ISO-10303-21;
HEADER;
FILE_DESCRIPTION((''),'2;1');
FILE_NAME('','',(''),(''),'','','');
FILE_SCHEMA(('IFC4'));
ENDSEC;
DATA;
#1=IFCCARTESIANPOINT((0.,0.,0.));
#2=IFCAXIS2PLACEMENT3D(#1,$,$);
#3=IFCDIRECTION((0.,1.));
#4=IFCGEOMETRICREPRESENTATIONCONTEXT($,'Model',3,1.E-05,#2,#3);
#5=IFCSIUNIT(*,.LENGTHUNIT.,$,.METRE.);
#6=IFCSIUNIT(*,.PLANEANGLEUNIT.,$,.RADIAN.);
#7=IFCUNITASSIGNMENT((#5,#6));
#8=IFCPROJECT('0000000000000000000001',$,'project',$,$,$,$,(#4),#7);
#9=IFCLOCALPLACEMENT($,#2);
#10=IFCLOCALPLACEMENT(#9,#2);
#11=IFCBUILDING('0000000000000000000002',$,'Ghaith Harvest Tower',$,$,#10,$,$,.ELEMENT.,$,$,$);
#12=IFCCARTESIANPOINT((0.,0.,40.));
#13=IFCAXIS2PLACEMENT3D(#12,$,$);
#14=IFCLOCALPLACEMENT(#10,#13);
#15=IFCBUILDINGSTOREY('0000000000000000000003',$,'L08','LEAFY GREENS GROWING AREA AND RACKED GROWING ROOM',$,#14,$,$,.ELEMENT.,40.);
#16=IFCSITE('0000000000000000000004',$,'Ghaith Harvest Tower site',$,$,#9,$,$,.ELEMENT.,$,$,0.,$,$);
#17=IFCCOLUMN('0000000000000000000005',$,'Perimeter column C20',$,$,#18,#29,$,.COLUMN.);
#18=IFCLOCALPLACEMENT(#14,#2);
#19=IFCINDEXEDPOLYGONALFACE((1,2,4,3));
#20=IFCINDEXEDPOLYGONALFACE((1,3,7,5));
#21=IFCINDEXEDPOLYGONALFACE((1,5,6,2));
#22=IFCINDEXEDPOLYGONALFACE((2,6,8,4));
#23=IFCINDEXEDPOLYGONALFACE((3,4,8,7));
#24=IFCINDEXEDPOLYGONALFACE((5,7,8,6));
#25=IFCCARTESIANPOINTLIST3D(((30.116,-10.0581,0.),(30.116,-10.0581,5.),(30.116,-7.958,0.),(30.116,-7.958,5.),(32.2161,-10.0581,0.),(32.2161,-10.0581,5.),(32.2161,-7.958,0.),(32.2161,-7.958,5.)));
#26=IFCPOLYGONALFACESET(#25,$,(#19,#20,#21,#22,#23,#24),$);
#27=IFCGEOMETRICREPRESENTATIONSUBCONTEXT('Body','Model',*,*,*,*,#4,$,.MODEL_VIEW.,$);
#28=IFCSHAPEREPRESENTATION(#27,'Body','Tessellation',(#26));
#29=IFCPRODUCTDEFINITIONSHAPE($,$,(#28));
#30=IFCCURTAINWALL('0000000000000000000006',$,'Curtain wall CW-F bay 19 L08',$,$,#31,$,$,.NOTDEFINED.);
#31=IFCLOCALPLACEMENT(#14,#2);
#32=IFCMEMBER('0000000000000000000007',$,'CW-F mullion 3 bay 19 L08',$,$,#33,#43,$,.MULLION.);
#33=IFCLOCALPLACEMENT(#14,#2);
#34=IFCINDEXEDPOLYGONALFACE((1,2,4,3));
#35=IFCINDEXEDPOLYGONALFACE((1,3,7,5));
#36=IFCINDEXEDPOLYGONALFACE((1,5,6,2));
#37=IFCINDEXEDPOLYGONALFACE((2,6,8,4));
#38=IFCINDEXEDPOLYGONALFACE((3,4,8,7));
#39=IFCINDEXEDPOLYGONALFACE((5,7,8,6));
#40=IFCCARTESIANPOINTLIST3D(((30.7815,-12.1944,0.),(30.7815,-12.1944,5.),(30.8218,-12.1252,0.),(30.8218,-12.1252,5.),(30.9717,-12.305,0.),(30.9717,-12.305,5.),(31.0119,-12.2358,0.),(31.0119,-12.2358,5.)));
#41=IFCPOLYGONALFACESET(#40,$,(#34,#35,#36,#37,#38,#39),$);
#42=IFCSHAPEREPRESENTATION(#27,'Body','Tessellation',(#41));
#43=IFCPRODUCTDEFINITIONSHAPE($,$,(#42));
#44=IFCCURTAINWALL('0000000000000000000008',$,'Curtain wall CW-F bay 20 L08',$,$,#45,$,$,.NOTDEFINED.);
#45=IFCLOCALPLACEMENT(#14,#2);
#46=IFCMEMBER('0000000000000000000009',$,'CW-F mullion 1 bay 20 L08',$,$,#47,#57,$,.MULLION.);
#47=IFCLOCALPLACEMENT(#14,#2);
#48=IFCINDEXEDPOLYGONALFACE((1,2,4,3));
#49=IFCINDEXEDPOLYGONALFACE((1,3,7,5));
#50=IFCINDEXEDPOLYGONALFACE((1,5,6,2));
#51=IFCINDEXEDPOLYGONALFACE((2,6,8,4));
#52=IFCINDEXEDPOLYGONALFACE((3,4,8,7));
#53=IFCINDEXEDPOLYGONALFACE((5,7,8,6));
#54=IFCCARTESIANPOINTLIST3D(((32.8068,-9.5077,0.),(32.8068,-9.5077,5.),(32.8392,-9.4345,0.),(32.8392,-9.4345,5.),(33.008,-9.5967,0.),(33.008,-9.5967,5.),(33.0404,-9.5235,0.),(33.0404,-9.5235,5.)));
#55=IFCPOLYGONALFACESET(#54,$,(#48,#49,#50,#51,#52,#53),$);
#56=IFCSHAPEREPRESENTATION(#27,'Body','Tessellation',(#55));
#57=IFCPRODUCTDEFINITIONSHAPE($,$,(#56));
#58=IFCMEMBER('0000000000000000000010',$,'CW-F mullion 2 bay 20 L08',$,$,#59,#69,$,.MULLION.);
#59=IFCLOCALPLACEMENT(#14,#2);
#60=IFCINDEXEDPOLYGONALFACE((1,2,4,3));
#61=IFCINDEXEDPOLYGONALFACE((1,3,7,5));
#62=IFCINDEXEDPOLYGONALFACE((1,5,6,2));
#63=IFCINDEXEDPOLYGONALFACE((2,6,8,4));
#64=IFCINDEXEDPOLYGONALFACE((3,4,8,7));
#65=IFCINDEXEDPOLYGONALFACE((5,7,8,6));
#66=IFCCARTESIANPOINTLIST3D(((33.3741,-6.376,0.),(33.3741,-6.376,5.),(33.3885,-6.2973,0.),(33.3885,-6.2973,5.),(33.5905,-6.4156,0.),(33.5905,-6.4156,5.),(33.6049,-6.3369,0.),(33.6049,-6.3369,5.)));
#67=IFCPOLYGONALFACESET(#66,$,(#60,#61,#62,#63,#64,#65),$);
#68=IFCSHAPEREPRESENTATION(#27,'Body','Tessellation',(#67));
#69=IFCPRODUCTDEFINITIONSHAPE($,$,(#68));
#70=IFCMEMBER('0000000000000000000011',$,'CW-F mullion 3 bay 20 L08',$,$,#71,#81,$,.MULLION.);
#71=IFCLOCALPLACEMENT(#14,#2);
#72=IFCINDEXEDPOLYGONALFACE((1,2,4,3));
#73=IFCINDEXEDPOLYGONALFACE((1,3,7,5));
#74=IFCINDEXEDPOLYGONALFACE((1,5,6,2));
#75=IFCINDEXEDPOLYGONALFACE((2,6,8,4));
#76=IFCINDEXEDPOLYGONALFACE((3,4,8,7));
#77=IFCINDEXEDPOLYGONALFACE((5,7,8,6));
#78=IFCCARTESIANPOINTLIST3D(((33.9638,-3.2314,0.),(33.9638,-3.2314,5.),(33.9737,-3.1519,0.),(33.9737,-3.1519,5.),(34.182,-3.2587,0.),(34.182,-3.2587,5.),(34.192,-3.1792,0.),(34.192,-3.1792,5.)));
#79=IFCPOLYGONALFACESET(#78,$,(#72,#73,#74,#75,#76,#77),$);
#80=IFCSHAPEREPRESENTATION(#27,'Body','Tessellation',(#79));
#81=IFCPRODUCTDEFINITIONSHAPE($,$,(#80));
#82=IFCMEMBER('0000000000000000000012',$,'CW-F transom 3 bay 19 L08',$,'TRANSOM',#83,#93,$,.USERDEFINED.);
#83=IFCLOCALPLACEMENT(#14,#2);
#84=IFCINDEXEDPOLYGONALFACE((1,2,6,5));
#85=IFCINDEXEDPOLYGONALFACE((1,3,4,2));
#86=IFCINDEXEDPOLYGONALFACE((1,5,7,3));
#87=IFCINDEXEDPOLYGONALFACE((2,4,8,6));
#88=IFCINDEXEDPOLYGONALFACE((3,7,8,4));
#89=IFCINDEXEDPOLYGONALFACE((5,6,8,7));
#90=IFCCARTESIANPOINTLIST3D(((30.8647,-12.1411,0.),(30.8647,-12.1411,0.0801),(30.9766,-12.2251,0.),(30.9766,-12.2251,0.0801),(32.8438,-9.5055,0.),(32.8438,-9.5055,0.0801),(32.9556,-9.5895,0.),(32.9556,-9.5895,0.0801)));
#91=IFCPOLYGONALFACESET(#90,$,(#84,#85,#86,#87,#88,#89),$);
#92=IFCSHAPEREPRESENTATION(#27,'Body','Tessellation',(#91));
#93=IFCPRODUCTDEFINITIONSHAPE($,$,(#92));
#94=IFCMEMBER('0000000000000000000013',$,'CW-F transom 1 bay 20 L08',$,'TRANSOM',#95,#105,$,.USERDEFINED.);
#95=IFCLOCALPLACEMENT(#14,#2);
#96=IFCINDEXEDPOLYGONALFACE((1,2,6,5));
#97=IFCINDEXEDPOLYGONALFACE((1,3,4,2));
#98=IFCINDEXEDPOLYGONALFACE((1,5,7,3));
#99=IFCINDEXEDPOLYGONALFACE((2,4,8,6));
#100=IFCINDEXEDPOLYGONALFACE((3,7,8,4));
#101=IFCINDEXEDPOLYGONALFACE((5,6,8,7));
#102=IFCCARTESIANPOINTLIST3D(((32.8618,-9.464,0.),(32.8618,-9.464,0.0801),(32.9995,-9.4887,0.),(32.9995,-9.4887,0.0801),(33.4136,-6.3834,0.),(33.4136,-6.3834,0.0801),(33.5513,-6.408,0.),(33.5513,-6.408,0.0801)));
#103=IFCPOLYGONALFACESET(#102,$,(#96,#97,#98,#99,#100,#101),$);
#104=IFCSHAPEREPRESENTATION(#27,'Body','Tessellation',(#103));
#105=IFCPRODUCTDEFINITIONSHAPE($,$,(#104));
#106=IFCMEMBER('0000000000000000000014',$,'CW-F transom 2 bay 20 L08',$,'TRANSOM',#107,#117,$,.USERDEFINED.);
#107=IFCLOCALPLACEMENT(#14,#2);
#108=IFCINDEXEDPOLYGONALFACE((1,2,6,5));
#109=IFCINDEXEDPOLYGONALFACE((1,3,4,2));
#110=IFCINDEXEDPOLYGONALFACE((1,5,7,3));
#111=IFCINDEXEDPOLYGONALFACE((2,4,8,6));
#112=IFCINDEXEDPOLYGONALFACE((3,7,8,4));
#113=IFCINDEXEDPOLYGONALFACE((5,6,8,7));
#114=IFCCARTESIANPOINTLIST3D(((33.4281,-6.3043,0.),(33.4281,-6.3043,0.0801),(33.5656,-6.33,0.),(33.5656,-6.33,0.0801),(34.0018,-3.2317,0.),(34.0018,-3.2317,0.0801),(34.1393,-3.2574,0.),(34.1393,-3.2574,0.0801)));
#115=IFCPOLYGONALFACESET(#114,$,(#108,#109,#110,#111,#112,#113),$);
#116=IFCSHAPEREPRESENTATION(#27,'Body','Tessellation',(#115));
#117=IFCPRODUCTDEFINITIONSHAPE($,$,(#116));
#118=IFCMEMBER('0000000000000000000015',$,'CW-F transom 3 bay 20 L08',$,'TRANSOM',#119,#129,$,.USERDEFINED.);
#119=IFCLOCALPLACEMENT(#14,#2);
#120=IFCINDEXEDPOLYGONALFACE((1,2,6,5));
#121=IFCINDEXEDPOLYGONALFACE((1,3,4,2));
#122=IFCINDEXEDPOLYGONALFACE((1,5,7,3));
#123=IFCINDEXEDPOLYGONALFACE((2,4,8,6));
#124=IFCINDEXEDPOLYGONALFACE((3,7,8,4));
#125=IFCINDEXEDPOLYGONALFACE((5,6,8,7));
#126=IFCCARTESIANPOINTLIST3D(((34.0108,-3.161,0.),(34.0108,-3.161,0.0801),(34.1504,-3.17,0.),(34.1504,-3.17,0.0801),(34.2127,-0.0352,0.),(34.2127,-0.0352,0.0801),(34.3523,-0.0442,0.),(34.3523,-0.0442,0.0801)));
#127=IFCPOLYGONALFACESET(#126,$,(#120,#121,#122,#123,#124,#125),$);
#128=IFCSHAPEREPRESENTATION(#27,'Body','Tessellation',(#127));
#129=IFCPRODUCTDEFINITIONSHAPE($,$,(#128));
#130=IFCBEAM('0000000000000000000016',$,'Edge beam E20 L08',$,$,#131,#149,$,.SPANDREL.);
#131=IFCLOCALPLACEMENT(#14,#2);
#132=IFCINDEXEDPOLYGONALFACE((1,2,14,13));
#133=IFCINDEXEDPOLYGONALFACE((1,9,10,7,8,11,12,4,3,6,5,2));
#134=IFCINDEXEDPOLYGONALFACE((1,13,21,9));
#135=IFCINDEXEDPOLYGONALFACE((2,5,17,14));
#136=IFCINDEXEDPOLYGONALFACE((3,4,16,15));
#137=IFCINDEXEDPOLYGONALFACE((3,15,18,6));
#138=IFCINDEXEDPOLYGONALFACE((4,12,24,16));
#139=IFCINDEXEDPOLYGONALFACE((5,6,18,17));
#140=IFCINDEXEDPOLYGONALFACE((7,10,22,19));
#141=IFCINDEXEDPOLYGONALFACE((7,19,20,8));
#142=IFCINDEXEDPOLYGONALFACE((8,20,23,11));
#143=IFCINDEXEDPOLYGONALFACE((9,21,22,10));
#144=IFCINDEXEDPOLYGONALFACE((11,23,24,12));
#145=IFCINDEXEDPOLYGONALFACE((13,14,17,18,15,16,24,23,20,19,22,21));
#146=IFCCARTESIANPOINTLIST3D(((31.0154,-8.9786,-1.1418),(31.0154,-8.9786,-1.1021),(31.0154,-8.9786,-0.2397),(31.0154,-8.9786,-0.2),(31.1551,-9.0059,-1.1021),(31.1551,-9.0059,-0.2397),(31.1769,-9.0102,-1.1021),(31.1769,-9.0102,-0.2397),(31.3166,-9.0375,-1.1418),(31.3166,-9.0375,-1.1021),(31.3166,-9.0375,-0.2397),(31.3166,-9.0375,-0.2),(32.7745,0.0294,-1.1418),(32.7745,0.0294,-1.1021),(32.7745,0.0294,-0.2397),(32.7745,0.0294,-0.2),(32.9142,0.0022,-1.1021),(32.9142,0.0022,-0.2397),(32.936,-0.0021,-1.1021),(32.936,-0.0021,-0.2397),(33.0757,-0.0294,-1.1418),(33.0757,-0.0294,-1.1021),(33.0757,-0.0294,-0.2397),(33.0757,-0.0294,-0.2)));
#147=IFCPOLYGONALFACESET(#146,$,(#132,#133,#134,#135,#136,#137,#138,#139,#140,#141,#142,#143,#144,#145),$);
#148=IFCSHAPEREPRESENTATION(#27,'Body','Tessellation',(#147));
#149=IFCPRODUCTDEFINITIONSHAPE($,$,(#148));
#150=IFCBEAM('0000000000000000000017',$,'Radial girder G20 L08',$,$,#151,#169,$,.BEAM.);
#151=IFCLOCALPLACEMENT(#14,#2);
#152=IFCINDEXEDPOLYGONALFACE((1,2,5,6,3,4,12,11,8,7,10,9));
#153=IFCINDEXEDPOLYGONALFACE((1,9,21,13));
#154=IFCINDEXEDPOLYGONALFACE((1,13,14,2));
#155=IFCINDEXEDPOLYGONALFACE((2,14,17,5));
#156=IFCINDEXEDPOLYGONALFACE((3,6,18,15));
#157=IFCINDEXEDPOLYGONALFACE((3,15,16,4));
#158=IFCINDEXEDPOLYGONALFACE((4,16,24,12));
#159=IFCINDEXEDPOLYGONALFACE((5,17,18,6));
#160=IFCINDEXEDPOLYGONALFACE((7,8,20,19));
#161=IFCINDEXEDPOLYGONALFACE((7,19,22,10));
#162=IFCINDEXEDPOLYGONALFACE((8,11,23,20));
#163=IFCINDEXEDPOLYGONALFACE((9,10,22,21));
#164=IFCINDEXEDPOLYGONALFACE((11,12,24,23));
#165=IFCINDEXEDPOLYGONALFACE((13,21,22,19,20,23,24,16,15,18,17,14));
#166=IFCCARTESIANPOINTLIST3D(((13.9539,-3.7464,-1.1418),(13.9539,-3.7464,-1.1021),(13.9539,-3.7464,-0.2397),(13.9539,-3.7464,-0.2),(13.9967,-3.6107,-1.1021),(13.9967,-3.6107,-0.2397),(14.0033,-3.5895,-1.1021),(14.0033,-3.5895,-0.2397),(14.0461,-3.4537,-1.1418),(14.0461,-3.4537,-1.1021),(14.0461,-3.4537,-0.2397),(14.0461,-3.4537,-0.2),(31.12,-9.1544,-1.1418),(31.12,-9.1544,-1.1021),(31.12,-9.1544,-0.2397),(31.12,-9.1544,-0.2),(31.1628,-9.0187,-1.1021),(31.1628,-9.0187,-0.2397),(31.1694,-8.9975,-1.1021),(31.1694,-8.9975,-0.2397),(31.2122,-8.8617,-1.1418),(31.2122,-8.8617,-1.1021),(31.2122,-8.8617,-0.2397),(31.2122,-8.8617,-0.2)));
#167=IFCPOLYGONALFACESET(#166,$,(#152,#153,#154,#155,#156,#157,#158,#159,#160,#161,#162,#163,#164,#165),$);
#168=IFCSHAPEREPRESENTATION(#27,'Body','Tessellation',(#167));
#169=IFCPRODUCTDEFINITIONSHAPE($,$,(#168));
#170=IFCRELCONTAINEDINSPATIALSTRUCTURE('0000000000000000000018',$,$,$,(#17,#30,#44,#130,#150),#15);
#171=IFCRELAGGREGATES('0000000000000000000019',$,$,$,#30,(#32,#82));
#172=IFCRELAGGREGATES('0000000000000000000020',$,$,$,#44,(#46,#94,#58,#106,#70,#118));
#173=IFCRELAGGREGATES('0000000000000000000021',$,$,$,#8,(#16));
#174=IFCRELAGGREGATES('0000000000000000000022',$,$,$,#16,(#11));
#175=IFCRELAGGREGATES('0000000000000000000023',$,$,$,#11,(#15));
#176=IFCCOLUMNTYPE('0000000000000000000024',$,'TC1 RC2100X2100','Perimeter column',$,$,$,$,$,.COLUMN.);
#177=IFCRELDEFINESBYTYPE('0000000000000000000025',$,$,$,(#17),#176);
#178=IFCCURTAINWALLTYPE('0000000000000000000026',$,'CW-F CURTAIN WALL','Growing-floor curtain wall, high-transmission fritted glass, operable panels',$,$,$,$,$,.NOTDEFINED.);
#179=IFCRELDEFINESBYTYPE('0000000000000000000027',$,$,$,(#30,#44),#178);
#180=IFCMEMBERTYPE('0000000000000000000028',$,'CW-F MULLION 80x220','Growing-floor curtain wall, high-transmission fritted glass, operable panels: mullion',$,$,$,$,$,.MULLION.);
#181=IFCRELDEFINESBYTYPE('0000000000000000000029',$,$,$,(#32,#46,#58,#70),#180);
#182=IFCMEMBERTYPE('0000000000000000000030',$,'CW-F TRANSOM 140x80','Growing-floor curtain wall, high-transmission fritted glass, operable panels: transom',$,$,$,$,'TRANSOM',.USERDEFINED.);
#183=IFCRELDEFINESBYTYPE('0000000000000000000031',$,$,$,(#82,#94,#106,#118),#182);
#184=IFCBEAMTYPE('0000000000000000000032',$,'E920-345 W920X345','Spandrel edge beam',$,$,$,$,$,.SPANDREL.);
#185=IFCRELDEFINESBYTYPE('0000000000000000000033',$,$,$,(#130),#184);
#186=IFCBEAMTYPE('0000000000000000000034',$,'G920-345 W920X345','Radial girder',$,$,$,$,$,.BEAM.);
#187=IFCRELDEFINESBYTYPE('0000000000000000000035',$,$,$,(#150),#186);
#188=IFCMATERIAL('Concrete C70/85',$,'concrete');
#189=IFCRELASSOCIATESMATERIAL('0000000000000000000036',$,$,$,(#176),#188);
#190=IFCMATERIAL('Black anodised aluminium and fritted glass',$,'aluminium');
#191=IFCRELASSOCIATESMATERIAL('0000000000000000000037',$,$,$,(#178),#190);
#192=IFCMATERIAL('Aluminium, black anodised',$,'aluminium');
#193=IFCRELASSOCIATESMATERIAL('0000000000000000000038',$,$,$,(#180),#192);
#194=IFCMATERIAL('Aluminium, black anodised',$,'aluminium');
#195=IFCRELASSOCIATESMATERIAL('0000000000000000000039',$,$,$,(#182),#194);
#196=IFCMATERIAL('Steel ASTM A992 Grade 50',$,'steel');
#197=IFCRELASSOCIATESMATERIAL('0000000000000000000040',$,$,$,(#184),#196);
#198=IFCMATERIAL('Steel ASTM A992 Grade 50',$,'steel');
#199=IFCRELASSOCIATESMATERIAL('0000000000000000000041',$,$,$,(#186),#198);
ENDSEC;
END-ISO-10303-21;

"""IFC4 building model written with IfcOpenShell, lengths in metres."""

from ifc_helpers import new_model, si_unit, direction, frame, origin, origin_2d, place, context, subcontext, project, spatial, rectangle, i_section, extrude, material, material_profile, profile_set, type_object, element, aggregate, save


model = new_model("IFC4")

# Units and contexts
model_context = context("Model", 3, precision=1e-05, world=origin(), true_north=direction((0.0, 1.0)))
body_context = subcontext(model_context, "Body", "Model", "MODEL_VIEW")
ifc_project = project(units=[si_unit("LENGTHUNIT", "METRE"), si_unit("PLANEANGLEUNIT", "RADIAN")], contexts=[model_context])

# Site, building, storey
site_placement = place(None, origin())
site = spatial("IfcSite", under=ifc_project, at=site_placement, Name="Ghaith Harvest Tower site", CompositionType="ELEMENT", RefElevation=0.0)
building_placement = place(site_placement, origin())
building = spatial("IfcBuilding", under=site, at=building_placement, Name="Ghaith Harvest Tower", CompositionType="ELEMENT")
storey_placement = place(building_placement, frame((0.0, 0.0, 40.0)))
storey = spatial("IfcBuildingStorey", under=building, at=storey_placement, Name="L08", Description="LEAFY GREENS GROWING AREA AND RACKED GROWING ROOM", CompositionType="ELEMENT", Elevation=40.0)

# Column
ifc_material_1 = material(Name="Concrete C70/85", Category="concrete")
ifc_material_profile_1 = material_profile(ifc_material_1, rectangle(XDim=2.1001, YDim=2.1001, at=origin_2d()), Name="RC2100X2100")
ifc_profile_set_1 = profile_set([ifc_material_profile_1], Name="Concrete C70/85")
column_type = type_object("IfcColumnType", Name="TC1 RC2100X2100", Description="Perimeter column", PredefinedType="COLUMN", material=ifc_profile_set_1)
column_placement = place(storey_placement, frame((31.166, -9.0081, 0.0), z_axis=(0.0, 0.0, 1.0), x_axis=(1.0, 0.0, 0.0)))
element("IfcColumn", 1, at=column_placement, inside=storey, type_object=column_type, Name="Perimeter column C20", PredefinedType="COLUMN", context=body_context, shape_type="SweptSolid", body=[
    extrude(rectangle(XDim=2.1001, YDim=2.1001, at=origin_2d()), origin(), (0.0, 0.0, 1.0), 5.0),
])

# Curtain wall, member
ifc_material_2 = material(Name="Black anodised aluminium and fritted glass", Category="aluminium")
curtain_wall_type = type_object("IfcCurtainWallType", Name="CW-F CURTAIN WALL", Description="Growing-floor curtain wall, high-transmission fritted glass, operable panels", PredefinedType="NOTDEFINED", material=ifc_material_2)
curtain_wall_1_placement = place(storey_placement, origin())
curtain_wall_1 = element("IfcCurtainWall", 2, at=curtain_wall_1_placement, inside=storey, type_object=curtain_wall_type, Name="Curtain wall CW-F bay 19 L08", PredefinedType="NOTDEFINED")
ifc_material_3 = material(Name="Aluminium, black anodised", Category="aluminium")
ifc_material_profile_2 = material_profile(ifc_material_3, rectangle(XDim=0.0801, YDim=0.22, at=origin_2d()), Name="CW-F MULLION 80x220")
ifc_profile_set_2 = profile_set([ifc_material_profile_2], Name="Aluminium, black anodised")
member_type_1 = type_object("IfcMemberType", Name="CW-F MULLION 80x220", Description="Growing-floor curtain wall, high-transmission fritted glass, operable panels: mullion", PredefinedType="MULLION", material=ifc_profile_set_2)
member_1_placement = place(storey_placement, frame((30.8967, -12.2151, 0.0), z_axis=(0.0, 0.0, 1.0), x_axis=(0.502795, 0.864406, 0.0)))
member_1 = element("IfcMember", 3, at=member_1_placement, type_object=member_type_1, Name="CW-F mullion 3 bay 19 L08", PredefinedType="MULLION", context=body_context, shape_type="SweptSolid", body=[
    extrude(rectangle(XDim=0.0801, YDim=0.22, at=origin_2d()), origin(), (0.0, 0.0, 1.0), 5.0),
])

# Curtain wall, members
curtain_wall_2_placement = place(storey_placement, origin())
curtain_wall_2 = element("IfcCurtainWall", 4, at=curtain_wall_2_placement, inside=storey, type_object=curtain_wall_type, Name="Curtain wall CW-F bay 20 L08", PredefinedType="NOTDEFINED")
member_2_placement = place(storey_placement, frame((32.9236, -9.5156, 0.0), z_axis=(0.0, 0.0, 1.0), x_axis=(0.404702, 0.914449, 0.0)))
member_2 = element("IfcMember", 5, at=member_2_placement, type_object=member_type_1, Name="CW-F mullion 1 bay 20 L08", PredefinedType="MULLION", context=body_context, shape_type="SweptSolid", body=[
    extrude(rectangle(XDim=0.0801, YDim=0.22, at=origin_2d()), origin(), (0.0, 0.0, 1.0), 5.0),
])
member_3_placement = place(storey_placement, frame((33.4895, -6.3564, 0.0), z_axis=(0.0, 0.0, 1.0), x_axis=(0.179943, 0.983677, 0.0)))
member_3 = element("IfcMember", 6, at=member_3_placement, type_object=member_type_1, Name="CW-F mullion 2 bay 20 L08", PredefinedType="MULLION", context=body_context, shape_type="SweptSolid", body=[
    extrude(rectangle(XDim=0.0801, YDim=0.22, at=origin_2d()), origin(), (0.0, 0.0, 1.0), 5.0),
])
member_4_placement = place(storey_placement, frame((34.0779, -3.2053, 0.0), z_axis=(0.0, 0.0, 1.0), x_axis=(0.12417, 0.992261, 0.0)))
member_4 = element("IfcMember", 7, at=member_4_placement, type_object=member_type_1, Name="CW-F mullion 3 bay 20 L08", PredefinedType="MULLION", context=body_context, shape_type="SweptSolid", body=[
    extrude(rectangle(XDim=0.0801, YDim=0.22, at=origin_2d()), origin(), (0.0, 0.0, 1.0), 5.0),
])

# Members
ifc_material_4 = material(Name="Aluminium, black anodised", Category="aluminium")
ifc_material_profile_3 = material_profile(ifc_material_4, rectangle(XDim=0.1399, YDim=0.0801, at=origin_2d()), Name="CW-F TRANSOM 140x80")
ifc_profile_set_3 = profile_set([ifc_material_profile_3], Name="Aluminium, black anodised")
member_type_2 = type_object("IfcMemberType", Name="CW-F TRANSOM 140x80", Description="Growing-floor curtain wall, high-transmission fritted glass, operable panels: transom", ElementType="TRANSOM", PredefinedType="USERDEFINED", material=ifc_profile_set_3)
member_5_placement = place(storey_placement, frame((30.9207, -12.1831, 0.04), z_axis=(0.600462, 0.799653, 0.0), x_axis=(-0.799653, 0.600462, 0.0)))
member_5 = element("IfcMember", 8, at=member_5_placement, type_object=member_type_2, Name="CW-F transom 3 bay 19 L08", ObjectType="TRANSOM", PredefinedType="USERDEFINED", context=body_context, shape_type="SweptSolid", body=[
    extrude(rectangle(XDim=0.1399, YDim=0.0801, at=origin_2d()), origin(), (0.0, 0.0, 1.0), 3.2959),
])
member_6_placement = place(storey_placement, frame((32.9307, -9.4763, 0.04), z_axis=(0.176304, 0.984336, 0.0), x_axis=(-0.984336, 0.176304, 0.0)))
member_6 = element("IfcMember", 9, at=member_6_placement, type_object=member_type_2, Name="CW-F transom 1 bay 20 L08", ObjectType="TRANSOM", PredefinedType="USERDEFINED", context=body_context, shape_type="SweptSolid", body=[
    extrude(rectangle(XDim=0.1399, YDim=0.0801, at=origin_2d()), origin(), (0.0, 0.0, 1.0), 3.1296),
])
member_7_placement = place(storey_placement, frame((33.4968, -6.3171, 0.04), z_axis=(0.183557, 0.983009, 0.0), x_axis=(-0.983009, 0.183557, 0.0)))
member_7 = element("IfcMember", 10, at=member_7_placement, type_object=member_type_2, Name="CW-F transom 2 bay 20 L08", ObjectType="TRANSOM", PredefinedType="USERDEFINED", context=body_context, shape_type="SweptSolid", body=[
    extrude(rectangle(XDim=0.1399, YDim=0.0801, at=origin_2d()), origin(), (0.0, 0.0, 1.0), 3.1257),
])
member_8_placement = place(storey_placement, frame((34.0806, -3.1655, 0.04), z_axis=(0.06446, 0.99792, 0.0), x_axis=(-0.99792, 0.06446, 0.0)))
member_8 = element("IfcMember", 11, at=member_8_placement, type_object=member_type_2, Name="CW-F transom 3 bay 20 L08", ObjectType="TRANSOM", PredefinedType="USERDEFINED", context=body_context, shape_type="SweptSolid", body=[
    extrude(rectangle(XDim=0.1399, YDim=0.0801, at=origin_2d()), origin(), (0.0, 0.0, 1.0), 3.1323),
])

# Beams
ifc_material_5 = material(Name="Steel ASTM A992 Grade 50", Category="steel")
ifc_material_profile_4 = material_profile(ifc_material_5, i_section(OverallWidth=0.3069, OverallDepth=0.9419, WebThickness=0.0222, FlangeThickness=0.0398, at=origin_2d()), Name="W920X345")
ifc_profile_set_4 = profile_set([ifc_material_profile_4], Name="Steel ASTM A992 Grade 50")
beam_type_1 = type_object("IfcBeamType", Name="E920-345 W920X345", Description="Spandrel edge beam", PredefinedType="SPANDREL", material=ifc_profile_set_4)
beam_1_placement = place(storey_placement, frame((31.166, -9.0081, -0.6709), z_axis=(0.191653, 0.981463, 0.0), x_axis=(-0.981463, 0.191653, 0.0)))
element("IfcBeam", 12, at=beam_1_placement, inside=storey, type_object=beam_type_1, Name="Edge beam E20 L08", PredefinedType="SPANDREL", context=body_context, shape_type="SweptSolid", body=[
    extrude(i_section(OverallWidth=0.3069, OverallDepth=0.9419, WebThickness=0.0222, FlangeThickness=0.0398, at=origin_2d()), origin(), (0.0, 0.0, 1.0), 9.1782),
])
ifc_material_6 = material(Name="Steel ASTM A992 Grade 50", Category="steel")
ifc_material_profile_5 = material_profile(ifc_material_6, i_section(OverallWidth=0.3069, OverallDepth=0.9419, WebThickness=0.0222, FlangeThickness=0.0398, at=origin_2d()), Name="W920X345")
ifc_profile_set_5 = profile_set([ifc_material_profile_5], Name="Steel ASTM A992 Grade 50")
beam_type_2 = type_object("IfcBeamType", Name="G920-345 W920X345", Description="Radial girder", PredefinedType="BEAM", material=ifc_profile_set_5)
beam_2_placement = place(storey_placement, frame((14.0, -3.6001, -0.6709), z_axis=(0.953788, -0.30048, 0.0), x_axis=(0.30048, 0.953788, 0.0)))
element("IfcBeam", 13, at=beam_2_placement, inside=storey, type_object=beam_type_2, Name="Radial girder G20 L08", PredefinedType="BEAM", context=body_context, shape_type="SweptSolid", body=[
    extrude(i_section(OverallWidth=0.3069, OverallDepth=0.9419, WebThickness=0.0222, FlangeThickness=0.0398, at=origin_2d()), origin(), (0.0, 0.0, 1.0), 17.9978),
])

aggregate(curtain_wall_1, [member_1, member_5])
aggregate(curtain_wall_2, [member_2, member_6, member_3, member_7, member_4, member_8])

save(model, "model.ifc")
